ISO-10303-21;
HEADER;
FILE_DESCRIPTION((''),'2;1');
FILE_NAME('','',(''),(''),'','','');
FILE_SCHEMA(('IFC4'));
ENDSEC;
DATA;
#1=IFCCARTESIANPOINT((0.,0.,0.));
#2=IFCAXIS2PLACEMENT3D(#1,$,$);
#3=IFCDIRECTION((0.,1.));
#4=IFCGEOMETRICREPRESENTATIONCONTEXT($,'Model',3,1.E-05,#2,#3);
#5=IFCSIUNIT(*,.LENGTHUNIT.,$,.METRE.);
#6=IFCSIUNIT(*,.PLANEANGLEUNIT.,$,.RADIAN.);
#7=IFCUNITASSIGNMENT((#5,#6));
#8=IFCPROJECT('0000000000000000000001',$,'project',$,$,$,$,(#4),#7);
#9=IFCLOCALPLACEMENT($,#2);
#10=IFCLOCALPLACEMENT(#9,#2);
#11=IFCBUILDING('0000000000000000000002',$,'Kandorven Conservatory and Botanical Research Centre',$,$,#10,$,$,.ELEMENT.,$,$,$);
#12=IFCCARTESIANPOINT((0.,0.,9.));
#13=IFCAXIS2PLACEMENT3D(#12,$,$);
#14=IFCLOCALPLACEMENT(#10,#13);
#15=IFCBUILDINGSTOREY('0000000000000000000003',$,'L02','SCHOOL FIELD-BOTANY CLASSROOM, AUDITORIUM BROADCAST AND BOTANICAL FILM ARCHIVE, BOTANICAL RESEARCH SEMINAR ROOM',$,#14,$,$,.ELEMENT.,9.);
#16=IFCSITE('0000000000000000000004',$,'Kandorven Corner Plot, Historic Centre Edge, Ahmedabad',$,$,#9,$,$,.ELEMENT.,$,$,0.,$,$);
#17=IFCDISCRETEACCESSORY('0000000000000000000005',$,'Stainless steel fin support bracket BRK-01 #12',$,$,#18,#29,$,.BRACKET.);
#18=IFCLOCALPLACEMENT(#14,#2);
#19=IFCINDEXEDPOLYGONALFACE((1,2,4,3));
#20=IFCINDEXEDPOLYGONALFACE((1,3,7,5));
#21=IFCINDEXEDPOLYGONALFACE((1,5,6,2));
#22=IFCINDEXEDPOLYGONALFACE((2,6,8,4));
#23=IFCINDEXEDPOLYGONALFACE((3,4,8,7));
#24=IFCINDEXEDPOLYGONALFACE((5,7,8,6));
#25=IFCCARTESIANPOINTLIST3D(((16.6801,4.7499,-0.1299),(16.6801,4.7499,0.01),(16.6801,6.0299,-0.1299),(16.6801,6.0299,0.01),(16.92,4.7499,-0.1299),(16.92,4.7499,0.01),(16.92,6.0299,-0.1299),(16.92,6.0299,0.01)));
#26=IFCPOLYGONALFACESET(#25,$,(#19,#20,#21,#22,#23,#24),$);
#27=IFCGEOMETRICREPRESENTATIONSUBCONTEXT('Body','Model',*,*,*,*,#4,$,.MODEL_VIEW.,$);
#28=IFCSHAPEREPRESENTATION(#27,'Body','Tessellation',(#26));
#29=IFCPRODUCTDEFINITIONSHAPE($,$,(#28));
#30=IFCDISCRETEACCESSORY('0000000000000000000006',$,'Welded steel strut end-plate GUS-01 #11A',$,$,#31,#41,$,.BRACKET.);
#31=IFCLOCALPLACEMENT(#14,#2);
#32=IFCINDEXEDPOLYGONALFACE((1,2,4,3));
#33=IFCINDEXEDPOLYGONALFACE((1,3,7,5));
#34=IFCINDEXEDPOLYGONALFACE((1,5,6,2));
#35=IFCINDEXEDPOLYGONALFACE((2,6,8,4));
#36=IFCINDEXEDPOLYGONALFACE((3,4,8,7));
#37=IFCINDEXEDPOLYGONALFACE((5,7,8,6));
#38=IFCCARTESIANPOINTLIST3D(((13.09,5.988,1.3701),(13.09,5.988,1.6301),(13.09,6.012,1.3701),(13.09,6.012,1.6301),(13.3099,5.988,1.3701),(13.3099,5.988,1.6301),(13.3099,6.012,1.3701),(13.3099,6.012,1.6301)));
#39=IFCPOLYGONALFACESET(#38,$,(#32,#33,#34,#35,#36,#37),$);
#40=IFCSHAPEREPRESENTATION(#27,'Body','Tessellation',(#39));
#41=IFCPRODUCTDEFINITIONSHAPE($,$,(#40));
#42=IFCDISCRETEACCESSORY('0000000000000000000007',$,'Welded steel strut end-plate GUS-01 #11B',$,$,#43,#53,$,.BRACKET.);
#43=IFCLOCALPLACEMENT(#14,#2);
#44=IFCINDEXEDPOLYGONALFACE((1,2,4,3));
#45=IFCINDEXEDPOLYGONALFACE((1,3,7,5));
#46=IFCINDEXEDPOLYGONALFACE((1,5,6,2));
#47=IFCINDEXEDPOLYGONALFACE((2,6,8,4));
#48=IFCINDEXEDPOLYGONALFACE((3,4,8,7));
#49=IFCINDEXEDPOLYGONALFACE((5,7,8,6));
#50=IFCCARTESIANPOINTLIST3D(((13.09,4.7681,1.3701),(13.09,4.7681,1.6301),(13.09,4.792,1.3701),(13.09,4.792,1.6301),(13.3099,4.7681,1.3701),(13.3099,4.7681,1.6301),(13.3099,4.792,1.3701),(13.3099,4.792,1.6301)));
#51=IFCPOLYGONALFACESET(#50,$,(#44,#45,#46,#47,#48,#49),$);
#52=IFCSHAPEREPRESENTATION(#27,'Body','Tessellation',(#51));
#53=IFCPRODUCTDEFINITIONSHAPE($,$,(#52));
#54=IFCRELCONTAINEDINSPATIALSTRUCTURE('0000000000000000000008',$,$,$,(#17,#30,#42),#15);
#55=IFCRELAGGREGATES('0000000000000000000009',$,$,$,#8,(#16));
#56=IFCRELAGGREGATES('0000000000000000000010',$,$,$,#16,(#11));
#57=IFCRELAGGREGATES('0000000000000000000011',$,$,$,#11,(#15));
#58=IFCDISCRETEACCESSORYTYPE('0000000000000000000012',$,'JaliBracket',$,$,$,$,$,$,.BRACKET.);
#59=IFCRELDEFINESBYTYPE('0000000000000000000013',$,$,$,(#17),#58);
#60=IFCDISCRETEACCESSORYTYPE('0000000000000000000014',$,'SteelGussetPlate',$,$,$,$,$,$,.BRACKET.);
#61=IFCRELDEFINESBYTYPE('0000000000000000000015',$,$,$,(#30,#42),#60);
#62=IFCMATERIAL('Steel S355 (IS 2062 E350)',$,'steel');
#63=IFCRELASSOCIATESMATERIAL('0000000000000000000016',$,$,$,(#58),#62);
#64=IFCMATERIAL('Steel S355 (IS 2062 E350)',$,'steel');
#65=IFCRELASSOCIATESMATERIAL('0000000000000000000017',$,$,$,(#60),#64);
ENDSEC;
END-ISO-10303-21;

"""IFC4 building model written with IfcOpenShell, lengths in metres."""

from ifc_helpers import new_model, si_unit, direction, frame, origin, origin_2d, place, context, subcontext, project, spatial, rectangle, extrude, material, type_object, element, save


model = new_model("IFC4")

# Units and contexts
model_context = context("Model", 3, precision=1e-05, world=origin(), true_north=direction((0.0, 1.0)))
body_context = subcontext(model_context, "Body", "Model", "MODEL_VIEW")
ifc_project = project(units=[si_unit("LENGTHUNIT", "METRE"), si_unit("PLANEANGLEUNIT", "RADIAN")], contexts=[model_context])

# Site, building, storey
site_placement = place(None, origin())
site = spatial("IfcSite", under=ifc_project, at=site_placement, Name="Kandorven Corner Plot, Historic Centre Edge, Ahmedabad", CompositionType="ELEMENT", RefElevation=0.0)
building_placement = place(site_placement, origin())
building = spatial("IfcBuilding", under=site, at=building_placement, Name="Kandorven Conservatory and Botanical Research Centre", CompositionType="ELEMENT")
storey_placement = place(building_placement, frame((0.0, 0.0, 9.0)))
storey = spatial("IfcBuildingStorey", under=building, at=storey_placement, Name="L02", Description="SCHOOL FIELD-BOTANY CLASSROOM, AUDITORIUM BROADCAST AND BOTANICAL FILM ARCHIVE, BOTANICAL RESEARCH SEMINAR ROOM", CompositionType="ELEMENT", Elevation=9.0)

# Discrete accessories
ifc_material_1 = material(Name="Steel S355 (IS 2062 E350)", Category="steel")
discrete_accessory_type_1 = type_object("IfcDiscreteAccessoryType", Name="JaliBracket", PredefinedType="BRACKET", material=ifc_material_1)
discrete_accessory_placement = place(storey_placement, frame((16.8, 5.3899, -0.1299), z_axis=(0.0, 0.0, 1.0), x_axis=(1.0, 0.0, 0.0)))
element("IfcDiscreteAccessory", 1, at=discrete_accessory_placement, inside=storey, type_object=discrete_accessory_type_1, Name="Stainless steel fin support bracket BRK-01 #12", PredefinedType="BRACKET", context=body_context, shape_type="SweptSolid", body=[
    extrude(rectangle(XDim=0.24, YDim=1.28, at=origin_2d()), origin(), (0.0, 0.0, 1.0), 0.1399),
])
ifc_material_2 = material(Name="Steel S355 (IS 2062 E350)", Category="steel")
discrete_accessory_type_2 = type_object("IfcDiscreteAccessoryType", Name="SteelGussetPlate", PredefinedType="BRACKET", material=ifc_material_2)
for number, where, z_axis, x_axis, name in (
    (2, (13.2, 6.0, 1.3701), (0.0, 0.0, 1.0), (1.0, 0.0, 0.0), "Welded steel strut end-plate GUS-01 #11A"),
    (3, (13.2, 4.78, 1.3701), (0.0, 0.0, 1.0), (1.0, 0.0, 0.0), "Welded steel strut end-plate GUS-01 #11B"),
):
    element("IfcDiscreteAccessory", number, at=place(storey_placement, frame(where, z_axis=z_axis, x_axis=x_axis)), inside=storey, type_object=discrete_accessory_type_2, Name=name, PredefinedType="BRACKET", context=body_context, shape_type="SweptSolid", body=[
        extrude(rectangle(XDim=0.22, YDim=0.0239, at=origin_2d()), origin(), (0.0, 0.0, 1.0), 0.26),
    ])

save(model, "model.ifc")
